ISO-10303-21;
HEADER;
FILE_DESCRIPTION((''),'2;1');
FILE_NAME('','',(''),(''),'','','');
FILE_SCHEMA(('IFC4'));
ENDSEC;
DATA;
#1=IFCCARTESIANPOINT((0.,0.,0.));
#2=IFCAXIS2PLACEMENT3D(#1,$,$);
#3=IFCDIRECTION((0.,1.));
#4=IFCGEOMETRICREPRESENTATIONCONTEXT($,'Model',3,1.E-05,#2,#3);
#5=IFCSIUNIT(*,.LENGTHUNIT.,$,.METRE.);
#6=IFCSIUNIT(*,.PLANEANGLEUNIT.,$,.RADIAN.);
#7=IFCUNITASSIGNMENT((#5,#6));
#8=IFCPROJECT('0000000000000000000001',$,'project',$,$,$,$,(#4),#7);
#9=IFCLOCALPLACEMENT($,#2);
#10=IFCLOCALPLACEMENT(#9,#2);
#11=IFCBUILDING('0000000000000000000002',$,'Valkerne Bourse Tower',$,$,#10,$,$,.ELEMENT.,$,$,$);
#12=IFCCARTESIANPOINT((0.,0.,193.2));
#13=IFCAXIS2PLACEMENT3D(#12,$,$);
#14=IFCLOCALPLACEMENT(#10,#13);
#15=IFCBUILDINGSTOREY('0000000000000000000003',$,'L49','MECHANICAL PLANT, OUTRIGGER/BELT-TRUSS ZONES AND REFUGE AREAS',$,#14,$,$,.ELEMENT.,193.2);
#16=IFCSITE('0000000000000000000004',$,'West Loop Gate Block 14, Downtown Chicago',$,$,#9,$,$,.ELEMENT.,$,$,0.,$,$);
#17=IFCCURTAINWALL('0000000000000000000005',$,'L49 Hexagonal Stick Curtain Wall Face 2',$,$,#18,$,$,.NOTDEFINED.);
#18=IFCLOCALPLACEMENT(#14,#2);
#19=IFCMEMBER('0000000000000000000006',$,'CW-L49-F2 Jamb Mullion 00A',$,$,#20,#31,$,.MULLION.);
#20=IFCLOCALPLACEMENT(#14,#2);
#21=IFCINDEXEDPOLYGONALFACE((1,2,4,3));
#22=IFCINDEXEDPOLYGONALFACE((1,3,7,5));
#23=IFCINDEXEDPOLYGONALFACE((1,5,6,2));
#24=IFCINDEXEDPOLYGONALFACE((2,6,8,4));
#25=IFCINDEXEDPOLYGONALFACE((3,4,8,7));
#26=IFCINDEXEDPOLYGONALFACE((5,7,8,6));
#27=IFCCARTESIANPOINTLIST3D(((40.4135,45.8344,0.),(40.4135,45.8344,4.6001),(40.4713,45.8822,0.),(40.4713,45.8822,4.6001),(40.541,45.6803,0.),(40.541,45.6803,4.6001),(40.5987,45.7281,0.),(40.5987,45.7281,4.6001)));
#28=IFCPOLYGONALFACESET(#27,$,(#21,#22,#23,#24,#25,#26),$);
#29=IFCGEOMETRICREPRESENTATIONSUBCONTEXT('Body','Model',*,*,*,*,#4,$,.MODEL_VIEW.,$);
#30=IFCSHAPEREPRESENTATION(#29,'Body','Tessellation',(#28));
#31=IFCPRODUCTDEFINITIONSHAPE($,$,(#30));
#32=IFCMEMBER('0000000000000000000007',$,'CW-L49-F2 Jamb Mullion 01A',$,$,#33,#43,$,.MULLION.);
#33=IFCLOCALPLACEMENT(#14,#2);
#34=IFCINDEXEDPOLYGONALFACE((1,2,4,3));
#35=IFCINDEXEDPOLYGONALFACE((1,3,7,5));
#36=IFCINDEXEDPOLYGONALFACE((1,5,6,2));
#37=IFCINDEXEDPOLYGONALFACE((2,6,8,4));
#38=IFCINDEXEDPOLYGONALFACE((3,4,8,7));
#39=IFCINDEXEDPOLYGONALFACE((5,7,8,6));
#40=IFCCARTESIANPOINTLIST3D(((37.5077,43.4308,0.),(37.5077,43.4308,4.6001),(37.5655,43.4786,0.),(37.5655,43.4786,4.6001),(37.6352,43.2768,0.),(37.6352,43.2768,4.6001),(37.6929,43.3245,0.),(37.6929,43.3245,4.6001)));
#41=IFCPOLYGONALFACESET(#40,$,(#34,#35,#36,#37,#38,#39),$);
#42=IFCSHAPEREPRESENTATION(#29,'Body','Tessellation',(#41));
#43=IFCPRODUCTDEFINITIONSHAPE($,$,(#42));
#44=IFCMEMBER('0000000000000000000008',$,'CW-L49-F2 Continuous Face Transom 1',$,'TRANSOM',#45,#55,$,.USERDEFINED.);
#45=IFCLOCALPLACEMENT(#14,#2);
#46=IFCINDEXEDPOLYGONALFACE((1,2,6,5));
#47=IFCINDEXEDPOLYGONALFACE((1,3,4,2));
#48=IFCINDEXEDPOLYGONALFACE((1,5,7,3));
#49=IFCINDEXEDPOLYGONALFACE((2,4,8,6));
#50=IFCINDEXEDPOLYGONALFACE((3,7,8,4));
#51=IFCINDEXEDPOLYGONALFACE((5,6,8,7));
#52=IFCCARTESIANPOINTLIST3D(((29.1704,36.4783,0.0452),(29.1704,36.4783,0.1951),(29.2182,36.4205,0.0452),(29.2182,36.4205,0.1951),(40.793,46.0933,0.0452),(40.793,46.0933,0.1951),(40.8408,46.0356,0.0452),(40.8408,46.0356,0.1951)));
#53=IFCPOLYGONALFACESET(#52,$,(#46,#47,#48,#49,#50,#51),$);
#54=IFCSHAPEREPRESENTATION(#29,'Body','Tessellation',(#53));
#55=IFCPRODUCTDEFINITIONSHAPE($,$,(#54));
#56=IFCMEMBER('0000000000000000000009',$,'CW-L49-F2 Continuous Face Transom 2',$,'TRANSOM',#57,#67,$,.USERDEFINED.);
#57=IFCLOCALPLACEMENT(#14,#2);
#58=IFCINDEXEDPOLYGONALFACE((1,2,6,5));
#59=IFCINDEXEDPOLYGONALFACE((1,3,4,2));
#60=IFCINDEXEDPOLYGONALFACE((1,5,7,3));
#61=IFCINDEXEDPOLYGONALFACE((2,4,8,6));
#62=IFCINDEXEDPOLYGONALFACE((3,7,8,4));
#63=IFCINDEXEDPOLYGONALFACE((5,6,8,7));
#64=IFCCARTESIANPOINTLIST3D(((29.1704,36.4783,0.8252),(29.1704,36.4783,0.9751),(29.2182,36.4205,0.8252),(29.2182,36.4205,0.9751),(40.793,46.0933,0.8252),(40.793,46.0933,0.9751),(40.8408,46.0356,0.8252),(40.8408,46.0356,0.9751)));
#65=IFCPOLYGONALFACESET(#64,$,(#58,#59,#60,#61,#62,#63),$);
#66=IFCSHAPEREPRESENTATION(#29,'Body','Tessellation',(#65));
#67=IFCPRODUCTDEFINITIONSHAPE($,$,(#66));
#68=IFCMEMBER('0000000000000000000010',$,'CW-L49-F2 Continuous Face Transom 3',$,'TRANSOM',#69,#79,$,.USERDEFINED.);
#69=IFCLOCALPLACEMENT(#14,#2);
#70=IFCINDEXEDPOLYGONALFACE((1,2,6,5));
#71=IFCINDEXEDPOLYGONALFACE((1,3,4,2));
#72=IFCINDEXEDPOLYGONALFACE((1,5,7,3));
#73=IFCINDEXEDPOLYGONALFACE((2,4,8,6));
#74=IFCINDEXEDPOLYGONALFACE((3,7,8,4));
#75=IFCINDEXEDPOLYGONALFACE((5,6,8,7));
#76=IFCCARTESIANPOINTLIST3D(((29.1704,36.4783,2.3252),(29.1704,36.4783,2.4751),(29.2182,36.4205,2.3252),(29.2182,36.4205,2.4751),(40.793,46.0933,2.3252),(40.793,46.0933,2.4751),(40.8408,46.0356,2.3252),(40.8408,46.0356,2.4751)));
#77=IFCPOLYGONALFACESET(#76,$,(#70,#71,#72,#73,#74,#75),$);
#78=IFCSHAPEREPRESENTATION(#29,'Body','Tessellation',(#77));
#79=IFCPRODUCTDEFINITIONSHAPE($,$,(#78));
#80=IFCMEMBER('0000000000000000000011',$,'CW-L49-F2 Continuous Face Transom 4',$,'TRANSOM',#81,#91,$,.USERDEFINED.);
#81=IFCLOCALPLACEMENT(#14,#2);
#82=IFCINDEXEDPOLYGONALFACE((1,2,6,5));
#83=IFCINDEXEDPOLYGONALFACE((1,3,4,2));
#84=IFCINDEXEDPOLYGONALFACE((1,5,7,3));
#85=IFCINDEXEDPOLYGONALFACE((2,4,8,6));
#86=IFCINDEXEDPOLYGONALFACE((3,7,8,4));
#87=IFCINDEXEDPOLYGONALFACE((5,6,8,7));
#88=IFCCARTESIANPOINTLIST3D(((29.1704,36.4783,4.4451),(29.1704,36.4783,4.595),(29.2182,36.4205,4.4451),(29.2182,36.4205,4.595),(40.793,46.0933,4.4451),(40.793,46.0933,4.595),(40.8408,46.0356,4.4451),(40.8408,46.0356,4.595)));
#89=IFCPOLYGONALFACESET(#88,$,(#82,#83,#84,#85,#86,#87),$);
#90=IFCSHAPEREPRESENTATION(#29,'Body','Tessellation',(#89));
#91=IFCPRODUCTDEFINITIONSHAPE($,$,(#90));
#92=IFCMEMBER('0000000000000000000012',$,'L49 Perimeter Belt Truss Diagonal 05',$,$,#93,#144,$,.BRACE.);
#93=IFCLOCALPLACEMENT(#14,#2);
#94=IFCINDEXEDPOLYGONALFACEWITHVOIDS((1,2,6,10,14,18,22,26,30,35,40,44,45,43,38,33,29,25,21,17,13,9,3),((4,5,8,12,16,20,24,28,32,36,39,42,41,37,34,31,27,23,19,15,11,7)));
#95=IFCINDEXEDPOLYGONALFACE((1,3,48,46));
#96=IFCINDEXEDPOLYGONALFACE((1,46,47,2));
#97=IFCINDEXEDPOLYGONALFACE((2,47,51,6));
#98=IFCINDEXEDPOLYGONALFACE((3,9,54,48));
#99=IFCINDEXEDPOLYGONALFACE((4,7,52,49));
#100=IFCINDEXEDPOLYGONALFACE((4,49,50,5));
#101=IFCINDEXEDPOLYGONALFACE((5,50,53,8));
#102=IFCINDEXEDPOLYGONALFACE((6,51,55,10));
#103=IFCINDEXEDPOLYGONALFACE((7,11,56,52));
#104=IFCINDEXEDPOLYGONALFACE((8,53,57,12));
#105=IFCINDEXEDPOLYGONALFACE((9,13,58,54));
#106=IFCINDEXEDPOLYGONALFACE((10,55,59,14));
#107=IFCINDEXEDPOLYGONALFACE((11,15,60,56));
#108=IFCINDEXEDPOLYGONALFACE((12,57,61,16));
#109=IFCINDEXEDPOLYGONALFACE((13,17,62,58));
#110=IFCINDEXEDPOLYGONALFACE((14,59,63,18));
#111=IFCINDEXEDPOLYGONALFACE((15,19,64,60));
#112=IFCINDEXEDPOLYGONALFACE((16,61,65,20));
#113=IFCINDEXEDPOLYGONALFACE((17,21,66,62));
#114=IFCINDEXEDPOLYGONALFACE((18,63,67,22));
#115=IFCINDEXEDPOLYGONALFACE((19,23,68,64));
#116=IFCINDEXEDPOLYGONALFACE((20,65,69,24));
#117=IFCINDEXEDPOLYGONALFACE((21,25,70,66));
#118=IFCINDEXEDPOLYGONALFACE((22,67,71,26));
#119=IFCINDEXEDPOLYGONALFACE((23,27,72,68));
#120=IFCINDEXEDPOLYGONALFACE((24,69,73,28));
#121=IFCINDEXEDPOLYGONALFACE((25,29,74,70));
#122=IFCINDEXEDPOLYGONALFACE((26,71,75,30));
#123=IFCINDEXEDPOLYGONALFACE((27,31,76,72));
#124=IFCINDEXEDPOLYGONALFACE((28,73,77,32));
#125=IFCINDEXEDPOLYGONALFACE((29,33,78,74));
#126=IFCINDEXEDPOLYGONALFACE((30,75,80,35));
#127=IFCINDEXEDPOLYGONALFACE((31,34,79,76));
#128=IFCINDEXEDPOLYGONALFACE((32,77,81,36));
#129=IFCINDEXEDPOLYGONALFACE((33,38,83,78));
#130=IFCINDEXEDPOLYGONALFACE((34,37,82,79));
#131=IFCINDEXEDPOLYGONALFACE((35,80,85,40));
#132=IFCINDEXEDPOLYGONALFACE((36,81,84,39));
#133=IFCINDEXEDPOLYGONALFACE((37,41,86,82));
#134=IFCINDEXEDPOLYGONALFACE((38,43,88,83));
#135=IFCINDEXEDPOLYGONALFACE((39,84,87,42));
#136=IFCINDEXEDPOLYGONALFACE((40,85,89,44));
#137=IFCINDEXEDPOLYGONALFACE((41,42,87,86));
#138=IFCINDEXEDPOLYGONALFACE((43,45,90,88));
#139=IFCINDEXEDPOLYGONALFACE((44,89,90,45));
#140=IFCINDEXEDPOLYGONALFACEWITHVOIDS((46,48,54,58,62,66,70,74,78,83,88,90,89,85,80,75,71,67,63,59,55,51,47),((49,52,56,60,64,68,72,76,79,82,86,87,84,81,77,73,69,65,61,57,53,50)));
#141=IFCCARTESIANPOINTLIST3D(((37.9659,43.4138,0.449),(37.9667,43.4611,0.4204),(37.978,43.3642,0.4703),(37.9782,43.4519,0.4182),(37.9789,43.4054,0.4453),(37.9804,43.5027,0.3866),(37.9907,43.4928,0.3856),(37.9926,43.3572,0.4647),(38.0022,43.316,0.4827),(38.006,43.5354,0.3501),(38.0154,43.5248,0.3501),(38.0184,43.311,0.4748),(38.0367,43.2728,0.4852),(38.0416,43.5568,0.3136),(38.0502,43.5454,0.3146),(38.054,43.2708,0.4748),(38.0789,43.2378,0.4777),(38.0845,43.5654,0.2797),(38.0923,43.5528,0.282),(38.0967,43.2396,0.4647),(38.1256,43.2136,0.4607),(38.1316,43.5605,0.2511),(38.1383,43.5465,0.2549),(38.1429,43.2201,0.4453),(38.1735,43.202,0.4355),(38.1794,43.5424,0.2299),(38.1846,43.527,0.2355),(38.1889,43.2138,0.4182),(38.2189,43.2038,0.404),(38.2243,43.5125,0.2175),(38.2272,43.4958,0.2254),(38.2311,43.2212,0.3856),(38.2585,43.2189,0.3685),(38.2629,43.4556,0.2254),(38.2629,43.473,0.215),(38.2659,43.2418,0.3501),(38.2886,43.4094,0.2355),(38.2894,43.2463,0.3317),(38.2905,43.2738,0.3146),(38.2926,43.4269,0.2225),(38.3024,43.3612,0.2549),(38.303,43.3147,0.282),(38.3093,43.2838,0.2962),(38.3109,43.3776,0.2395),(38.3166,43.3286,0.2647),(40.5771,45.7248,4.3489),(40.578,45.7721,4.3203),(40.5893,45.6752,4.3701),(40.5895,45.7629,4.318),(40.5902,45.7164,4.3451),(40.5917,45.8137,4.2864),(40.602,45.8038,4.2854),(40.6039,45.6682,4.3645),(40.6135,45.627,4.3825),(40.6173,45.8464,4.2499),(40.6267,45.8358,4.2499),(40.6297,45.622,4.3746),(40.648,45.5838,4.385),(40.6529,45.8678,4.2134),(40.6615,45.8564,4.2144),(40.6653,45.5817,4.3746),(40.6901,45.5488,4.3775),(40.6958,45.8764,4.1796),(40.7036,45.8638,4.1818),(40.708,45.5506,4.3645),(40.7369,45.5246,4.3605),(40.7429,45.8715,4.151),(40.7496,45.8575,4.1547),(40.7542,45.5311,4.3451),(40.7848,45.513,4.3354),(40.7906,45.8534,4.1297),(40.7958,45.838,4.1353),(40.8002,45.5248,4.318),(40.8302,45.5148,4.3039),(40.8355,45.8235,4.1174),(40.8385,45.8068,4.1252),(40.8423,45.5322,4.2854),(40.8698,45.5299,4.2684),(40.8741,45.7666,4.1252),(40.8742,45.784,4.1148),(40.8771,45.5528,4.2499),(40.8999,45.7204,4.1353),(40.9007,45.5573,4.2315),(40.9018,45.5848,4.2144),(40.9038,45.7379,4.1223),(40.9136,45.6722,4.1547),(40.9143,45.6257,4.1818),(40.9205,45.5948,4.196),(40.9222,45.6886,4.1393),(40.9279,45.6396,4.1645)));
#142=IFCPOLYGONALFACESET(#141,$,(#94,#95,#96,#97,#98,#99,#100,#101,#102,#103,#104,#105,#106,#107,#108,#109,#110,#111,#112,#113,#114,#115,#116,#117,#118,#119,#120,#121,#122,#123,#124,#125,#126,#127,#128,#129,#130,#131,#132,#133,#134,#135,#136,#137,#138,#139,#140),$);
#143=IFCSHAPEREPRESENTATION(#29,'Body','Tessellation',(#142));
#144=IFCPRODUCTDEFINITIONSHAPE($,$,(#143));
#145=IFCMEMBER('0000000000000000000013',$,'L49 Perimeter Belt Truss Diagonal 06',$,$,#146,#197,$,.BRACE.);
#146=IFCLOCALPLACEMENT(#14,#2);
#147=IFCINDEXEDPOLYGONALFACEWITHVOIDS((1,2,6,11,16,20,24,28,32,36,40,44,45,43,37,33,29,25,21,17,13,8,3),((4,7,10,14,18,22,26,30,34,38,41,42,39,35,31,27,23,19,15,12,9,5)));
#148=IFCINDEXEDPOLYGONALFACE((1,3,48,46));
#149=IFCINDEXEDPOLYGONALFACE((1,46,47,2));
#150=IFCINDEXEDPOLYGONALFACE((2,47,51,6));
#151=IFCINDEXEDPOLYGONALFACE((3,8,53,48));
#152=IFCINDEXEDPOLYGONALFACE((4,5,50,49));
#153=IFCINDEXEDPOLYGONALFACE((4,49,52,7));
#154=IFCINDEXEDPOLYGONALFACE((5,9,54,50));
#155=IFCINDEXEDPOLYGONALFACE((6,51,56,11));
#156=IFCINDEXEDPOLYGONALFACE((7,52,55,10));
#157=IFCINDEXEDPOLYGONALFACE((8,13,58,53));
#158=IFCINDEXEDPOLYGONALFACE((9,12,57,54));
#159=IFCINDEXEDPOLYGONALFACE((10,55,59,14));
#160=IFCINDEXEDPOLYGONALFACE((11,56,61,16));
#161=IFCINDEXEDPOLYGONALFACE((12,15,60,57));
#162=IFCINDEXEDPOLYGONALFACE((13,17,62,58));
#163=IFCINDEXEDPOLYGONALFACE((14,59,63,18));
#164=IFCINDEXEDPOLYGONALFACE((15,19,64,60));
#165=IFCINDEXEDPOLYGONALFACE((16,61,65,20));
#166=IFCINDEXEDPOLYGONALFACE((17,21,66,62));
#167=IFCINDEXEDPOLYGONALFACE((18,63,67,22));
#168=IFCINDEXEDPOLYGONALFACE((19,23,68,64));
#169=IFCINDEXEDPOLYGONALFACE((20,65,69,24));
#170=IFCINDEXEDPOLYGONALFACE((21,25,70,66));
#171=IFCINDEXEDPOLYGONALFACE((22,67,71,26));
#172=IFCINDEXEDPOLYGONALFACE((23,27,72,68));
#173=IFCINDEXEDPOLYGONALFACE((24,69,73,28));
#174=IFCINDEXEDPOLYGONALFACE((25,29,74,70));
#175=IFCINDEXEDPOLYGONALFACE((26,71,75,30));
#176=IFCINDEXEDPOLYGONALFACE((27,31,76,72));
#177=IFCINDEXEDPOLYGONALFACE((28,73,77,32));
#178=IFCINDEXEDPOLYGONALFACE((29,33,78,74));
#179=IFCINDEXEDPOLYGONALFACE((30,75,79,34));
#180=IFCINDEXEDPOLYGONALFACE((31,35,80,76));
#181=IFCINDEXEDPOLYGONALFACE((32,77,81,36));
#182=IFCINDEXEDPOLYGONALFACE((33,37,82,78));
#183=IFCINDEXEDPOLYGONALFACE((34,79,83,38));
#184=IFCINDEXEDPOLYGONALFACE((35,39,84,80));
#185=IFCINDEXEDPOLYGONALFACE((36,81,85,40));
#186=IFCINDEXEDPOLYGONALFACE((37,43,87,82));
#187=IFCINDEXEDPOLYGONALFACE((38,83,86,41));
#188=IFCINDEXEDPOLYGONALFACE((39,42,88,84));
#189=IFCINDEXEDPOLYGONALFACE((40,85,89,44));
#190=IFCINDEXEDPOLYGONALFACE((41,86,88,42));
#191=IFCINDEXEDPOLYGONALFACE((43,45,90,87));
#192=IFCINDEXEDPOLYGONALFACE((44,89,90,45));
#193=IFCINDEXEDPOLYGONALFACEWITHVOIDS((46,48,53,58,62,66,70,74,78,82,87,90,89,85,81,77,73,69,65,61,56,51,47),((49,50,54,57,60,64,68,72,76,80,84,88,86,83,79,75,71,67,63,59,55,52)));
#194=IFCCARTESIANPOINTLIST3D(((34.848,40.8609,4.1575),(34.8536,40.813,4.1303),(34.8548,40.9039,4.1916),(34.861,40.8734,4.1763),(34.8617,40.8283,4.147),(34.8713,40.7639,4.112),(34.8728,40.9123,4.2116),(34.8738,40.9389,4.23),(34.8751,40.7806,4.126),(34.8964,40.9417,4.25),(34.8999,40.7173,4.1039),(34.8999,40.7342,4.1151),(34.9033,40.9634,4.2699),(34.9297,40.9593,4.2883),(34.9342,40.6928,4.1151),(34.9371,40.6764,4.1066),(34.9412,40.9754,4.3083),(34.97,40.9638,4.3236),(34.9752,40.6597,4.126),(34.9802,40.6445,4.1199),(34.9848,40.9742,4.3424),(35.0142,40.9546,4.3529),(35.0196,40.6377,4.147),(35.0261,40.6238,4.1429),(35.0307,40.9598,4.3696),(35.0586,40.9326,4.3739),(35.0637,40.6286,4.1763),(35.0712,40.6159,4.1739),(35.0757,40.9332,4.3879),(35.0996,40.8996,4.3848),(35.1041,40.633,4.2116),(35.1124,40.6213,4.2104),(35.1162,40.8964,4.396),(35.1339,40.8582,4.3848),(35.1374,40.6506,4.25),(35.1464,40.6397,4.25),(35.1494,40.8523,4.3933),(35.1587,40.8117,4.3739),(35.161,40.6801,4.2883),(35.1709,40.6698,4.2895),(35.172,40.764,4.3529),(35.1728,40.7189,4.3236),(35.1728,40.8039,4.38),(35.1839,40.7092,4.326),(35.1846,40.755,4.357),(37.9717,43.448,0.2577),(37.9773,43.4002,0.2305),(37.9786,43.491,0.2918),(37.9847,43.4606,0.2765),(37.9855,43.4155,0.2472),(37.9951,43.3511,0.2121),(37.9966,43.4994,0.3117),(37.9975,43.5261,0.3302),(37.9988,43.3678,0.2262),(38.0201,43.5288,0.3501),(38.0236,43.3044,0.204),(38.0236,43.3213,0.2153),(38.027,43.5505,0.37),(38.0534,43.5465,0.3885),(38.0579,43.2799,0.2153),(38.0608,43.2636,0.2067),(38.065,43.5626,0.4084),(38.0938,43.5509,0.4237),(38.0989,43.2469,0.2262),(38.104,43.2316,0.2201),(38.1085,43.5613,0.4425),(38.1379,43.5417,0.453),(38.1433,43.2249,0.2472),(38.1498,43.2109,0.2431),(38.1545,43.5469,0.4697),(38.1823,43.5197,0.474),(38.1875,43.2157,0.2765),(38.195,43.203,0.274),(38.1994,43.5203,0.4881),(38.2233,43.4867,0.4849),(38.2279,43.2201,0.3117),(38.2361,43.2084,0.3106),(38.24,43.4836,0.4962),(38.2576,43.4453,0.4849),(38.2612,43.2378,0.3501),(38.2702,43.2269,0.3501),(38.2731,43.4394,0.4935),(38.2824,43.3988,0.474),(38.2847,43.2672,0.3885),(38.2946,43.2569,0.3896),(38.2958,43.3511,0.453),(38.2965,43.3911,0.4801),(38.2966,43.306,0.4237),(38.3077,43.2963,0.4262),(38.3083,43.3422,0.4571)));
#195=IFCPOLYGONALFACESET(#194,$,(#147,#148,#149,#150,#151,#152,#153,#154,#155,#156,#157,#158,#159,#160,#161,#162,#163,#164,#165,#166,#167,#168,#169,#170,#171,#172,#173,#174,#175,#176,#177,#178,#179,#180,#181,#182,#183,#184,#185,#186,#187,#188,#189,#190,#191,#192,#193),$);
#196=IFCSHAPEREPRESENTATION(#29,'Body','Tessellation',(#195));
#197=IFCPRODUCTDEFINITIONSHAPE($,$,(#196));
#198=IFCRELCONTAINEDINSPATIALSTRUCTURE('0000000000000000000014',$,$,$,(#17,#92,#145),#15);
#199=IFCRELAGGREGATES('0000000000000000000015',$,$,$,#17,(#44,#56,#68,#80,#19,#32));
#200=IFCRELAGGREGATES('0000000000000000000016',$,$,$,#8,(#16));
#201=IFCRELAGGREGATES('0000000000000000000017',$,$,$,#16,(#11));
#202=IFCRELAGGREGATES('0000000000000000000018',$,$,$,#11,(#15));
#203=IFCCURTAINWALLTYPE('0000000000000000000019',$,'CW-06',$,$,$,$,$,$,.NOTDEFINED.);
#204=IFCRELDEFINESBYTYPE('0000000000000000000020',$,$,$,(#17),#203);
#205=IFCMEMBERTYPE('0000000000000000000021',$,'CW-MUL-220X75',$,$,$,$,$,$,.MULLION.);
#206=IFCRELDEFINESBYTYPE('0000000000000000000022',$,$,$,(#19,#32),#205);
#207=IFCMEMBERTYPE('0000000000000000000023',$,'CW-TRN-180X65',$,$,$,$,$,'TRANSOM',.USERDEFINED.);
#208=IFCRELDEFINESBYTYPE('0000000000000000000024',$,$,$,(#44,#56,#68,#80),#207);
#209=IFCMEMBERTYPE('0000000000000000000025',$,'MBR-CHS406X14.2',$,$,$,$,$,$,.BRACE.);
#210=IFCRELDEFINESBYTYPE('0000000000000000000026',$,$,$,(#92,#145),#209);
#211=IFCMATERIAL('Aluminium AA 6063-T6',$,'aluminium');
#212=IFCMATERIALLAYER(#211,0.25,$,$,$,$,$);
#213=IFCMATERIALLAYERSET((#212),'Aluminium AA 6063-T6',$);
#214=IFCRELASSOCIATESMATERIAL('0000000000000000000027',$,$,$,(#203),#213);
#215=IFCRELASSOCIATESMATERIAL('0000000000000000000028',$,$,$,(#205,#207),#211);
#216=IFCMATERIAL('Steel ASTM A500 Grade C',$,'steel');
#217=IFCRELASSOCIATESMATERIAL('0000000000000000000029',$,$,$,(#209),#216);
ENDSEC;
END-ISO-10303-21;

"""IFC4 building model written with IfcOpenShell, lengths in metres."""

from ifc_helpers import new_model, si_unit, direction, frame, origin, origin_2d, place, context, subcontext, project, spatial, rectangle, hollow_circle, extrude, material, layer, layer_set, material_profile, profile_set, type_object, element, aggregate, save


model = new_model("IFC4")

# Units and contexts
model_context = context("Model", 3, precision=1e-05, world=origin(), true_north=direction((0.0, 1.0)))
body_context = subcontext(model_context, "Body", "Model", "MODEL_VIEW")
ifc_project = project(units=[si_unit("LENGTHUNIT", "METRE"), si_unit("PLANEANGLEUNIT", "RADIAN")], contexts=[model_context])

# Site, building, storey
site_placement = place(None, origin())
site = spatial("IfcSite", under=ifc_project, at=site_placement, Name="West Loop Gate Block 14, Downtown Chicago", CompositionType="ELEMENT", RefElevation=0.0)
building_placement = place(site_placement, origin())
building = spatial("IfcBuilding", under=site, at=building_placement, Name="Valkerne Bourse Tower", CompositionType="ELEMENT")
storey_placement = place(building_placement, frame((0.0, 0.0, 193.2)))
storey = spatial("IfcBuildingStorey", under=building, at=storey_placement, Name="L49", Description="MECHANICAL PLANT, OUTRIGGER/BELT-TRUSS ZONES AND REFUGE AREAS", CompositionType="ELEMENT", Elevation=193.2)

# Curtain wall, members
ifc_material_1 = material(Name="Aluminium AA 6063-T6", Category="aluminium")
ifc_layer_1 = layer(ifc_material_1, 0.25)
ifc_layer_set_1 = layer_set([ifc_layer_1], Name="Aluminium AA 6063-T6")
curtain_wall_type = type_object("IfcCurtainWallType", Name="CW-06", PredefinedType="NOTDEFINED", material=ifc_layer_set_1)
curtain_wall_placement = place(storey_placement, origin())
curtain_wall = element("IfcCurtainWall", 1, at=curtain_wall_placement, inside=storey, type_object=curtain_wall_type, Name="L49 Hexagonal Stick Curtain Wall Face 2", PredefinedType="NOTDEFINED")
ifc_material_profile_1 = material_profile(ifc_material_1, rectangle(XDim=0.075, YDim=0.2, at=origin_2d()), Name="CWM-75X200")
ifc_profile_set_1 = profile_set([ifc_material_profile_1], Name="Aluminium AA 6063-T6")
member_type_1 = type_object("IfcMemberType", Name="CW-MUL-220X75", PredefinedType="MULLION", material=ifc_profile_set_1)
member_1_placement = place(storey_placement, frame((40.5061, 45.7812, 0.0), z_axis=(0.0, 0.0, 1.0), x_axis=(-0.770503, -0.637436, 0.0)))
member_1 = element("IfcMember", 2, at=member_1_placement, type_object=member_type_1, Name="CW-L49-F2 Jamb Mullion 00A", PredefinedType="MULLION", context=body_context, shape_type="SweptSolid", body=[
    extrude(rectangle(XDim=0.075, YDim=0.2, at=origin_2d()), origin(), (0.0, 0.0, 1.0), 4.6001),
])
member_2_placement = place(storey_placement, frame((37.6003, 43.3777, 0.0), z_axis=(0.0, 0.0, 1.0), x_axis=(-0.770516, -0.637421, 0.0)))
member_2 = element("IfcMember", 3, at=member_2_placement, type_object=member_type_1, Name="CW-L49-F2 Jamb Mullion 01A", PredefinedType="MULLION", context=body_context, shape_type="SweptSolid", body=[
    extrude(rectangle(XDim=0.075, YDim=0.2, at=origin_2d()), origin(), (0.0, 0.0, 1.0), 4.6001),
])
ifc_material_profile_2 = material_profile(ifc_material_1, rectangle(XDim=0.075, YDim=0.1499, at=origin_2d()), Name="CWT-75X150")
ifc_profile_set_2 = profile_set([ifc_material_profile_2], Name="Aluminium AA 6063-T6")
member_type_2 = type_object("IfcMemberType", Name="CW-TRN-180X65", ElementType="TRANSOM", PredefinedType="USERDEFINED", material=ifc_profile_set_2)
member_3_placement = place(storey_placement, frame((40.8169, 46.0645, 0.1201), z_axis=(-0.770514, -0.637423, 0.0), x_axis=(0.637423, -0.770514, 0.0)))
member_3 = element("IfcMember", 4, at=member_3_placement, type_object=member_type_2, Name="CW-L49-F2 Continuous Face Transom 1", ObjectType="TRANSOM", PredefinedType="USERDEFINED", context=body_context, shape_type="SweptSolid", body=[
    extrude(rectangle(XDim=0.075, YDim=0.1499, at=origin_2d()), origin(), (0.0, 0.0, 1.0), 15.0842),
])
member_4_placement = place(storey_placement, frame((40.8169, 46.0645, 0.9001), z_axis=(-0.770514, -0.637423, 0.0), x_axis=(0.637423, -0.770514, 0.0)))
member_4 = element("IfcMember", 5, at=member_4_placement, type_object=member_type_2, Name="CW-L49-F2 Continuous Face Transom 2", ObjectType="TRANSOM", PredefinedType="USERDEFINED", context=body_context, shape_type="SweptSolid", body=[
    extrude(rectangle(XDim=0.075, YDim=0.1499, at=origin_2d()), origin(), (0.0, 0.0, 1.0), 15.0842),
])
member_5_placement = place(storey_placement, frame((40.8169, 46.0645, 2.4001), z_axis=(-0.770514, -0.637423, 0.0), x_axis=(0.637423, -0.770514, 0.0)))
member_5 = element("IfcMember", 6, at=member_5_placement, type_object=member_type_2, Name="CW-L49-F2 Continuous Face Transom 3", ObjectType="TRANSOM", PredefinedType="USERDEFINED", context=body_context, shape_type="SweptSolid", body=[
    extrude(rectangle(XDim=0.075, YDim=0.1499, at=origin_2d()), origin(), (0.0, 0.0, 1.0), 15.0842),
])
member_6_placement = place(storey_placement, frame((40.8169, 46.0645, 4.52), z_axis=(-0.770514, -0.637423, 0.0), x_axis=(0.637423, -0.770514, 0.0)))
member_6 = element("IfcMember", 7, at=member_6_placement, type_object=member_type_2, Name="CW-L49-F2 Continuous Face Transom 4", ObjectType="TRANSOM", PredefinedType="USERDEFINED", context=body_context, shape_type="SweptSolid", body=[
    extrude(rectangle(XDim=0.075, YDim=0.1499, at=origin_2d()), origin(), (0.0, 0.0, 1.0), 15.0842),
])

# Members
ifc_material_2 = material(Name="Steel ASTM A500 Grade C", Category="steel")
ifc_material_profile_3 = material_profile(ifc_material_2, hollow_circle(Radius=0.2031, WallThickness=0.0142, at=origin_2d()), Name="CHS406X14.2")
ifc_profile_set_3 = profile_set([ifc_material_profile_3], Name="Steel ASTM A500 Grade C")
member_type_3 = type_object("IfcMemberType", Name="MBR-CHS406X14.2", PredefinedType="BRACE", material=ifc_profile_set_3)
member_7_placement = place(storey_placement, frame((38.1406, 43.3833, 0.3501), z_axis=(0.49915, 0.441749, 0.745458), x_axis=(-0.662737, 0.748852, 0.0)))
element("IfcMember", 8, at=member_7_placement, inside=storey, type_object=member_type_3, Name="L49 Perimeter Belt Truss Diagonal 05", PredefinedType="BRACE", context=body_context, shape_type="SweptSolid", body=[
    extrude(hollow_circle(Radius=0.2031, WallThickness=0.0142, at=origin_2d()), origin(), (0.0, 0.0, 1.0), 5.2314),
])
member_8_placement = place(storey_placement, frame((38.1406, 43.3833, 0.3501), z_axis=(-0.555163, -0.459794, 0.693097), x_axis=(0.637855, -0.770157, 0.0)))
element("IfcMember", 9, at=member_8_placement, inside=storey, type_object=member_type_3, Name="L49 Perimeter Belt Truss Diagonal 06", PredefinedType="BRACE", context=body_context, shape_type="SweptSolid", body=[
    extrude(hollow_circle(Radius=0.2031, WallThickness=0.0142, at=origin_2d()), origin(), (0.0, 0.0, 1.0), 5.6267),
])

aggregate(curtain_wall, [member_3, member_4, member_5, member_6, member_1, member_2])

save(model, "model.ifc")
